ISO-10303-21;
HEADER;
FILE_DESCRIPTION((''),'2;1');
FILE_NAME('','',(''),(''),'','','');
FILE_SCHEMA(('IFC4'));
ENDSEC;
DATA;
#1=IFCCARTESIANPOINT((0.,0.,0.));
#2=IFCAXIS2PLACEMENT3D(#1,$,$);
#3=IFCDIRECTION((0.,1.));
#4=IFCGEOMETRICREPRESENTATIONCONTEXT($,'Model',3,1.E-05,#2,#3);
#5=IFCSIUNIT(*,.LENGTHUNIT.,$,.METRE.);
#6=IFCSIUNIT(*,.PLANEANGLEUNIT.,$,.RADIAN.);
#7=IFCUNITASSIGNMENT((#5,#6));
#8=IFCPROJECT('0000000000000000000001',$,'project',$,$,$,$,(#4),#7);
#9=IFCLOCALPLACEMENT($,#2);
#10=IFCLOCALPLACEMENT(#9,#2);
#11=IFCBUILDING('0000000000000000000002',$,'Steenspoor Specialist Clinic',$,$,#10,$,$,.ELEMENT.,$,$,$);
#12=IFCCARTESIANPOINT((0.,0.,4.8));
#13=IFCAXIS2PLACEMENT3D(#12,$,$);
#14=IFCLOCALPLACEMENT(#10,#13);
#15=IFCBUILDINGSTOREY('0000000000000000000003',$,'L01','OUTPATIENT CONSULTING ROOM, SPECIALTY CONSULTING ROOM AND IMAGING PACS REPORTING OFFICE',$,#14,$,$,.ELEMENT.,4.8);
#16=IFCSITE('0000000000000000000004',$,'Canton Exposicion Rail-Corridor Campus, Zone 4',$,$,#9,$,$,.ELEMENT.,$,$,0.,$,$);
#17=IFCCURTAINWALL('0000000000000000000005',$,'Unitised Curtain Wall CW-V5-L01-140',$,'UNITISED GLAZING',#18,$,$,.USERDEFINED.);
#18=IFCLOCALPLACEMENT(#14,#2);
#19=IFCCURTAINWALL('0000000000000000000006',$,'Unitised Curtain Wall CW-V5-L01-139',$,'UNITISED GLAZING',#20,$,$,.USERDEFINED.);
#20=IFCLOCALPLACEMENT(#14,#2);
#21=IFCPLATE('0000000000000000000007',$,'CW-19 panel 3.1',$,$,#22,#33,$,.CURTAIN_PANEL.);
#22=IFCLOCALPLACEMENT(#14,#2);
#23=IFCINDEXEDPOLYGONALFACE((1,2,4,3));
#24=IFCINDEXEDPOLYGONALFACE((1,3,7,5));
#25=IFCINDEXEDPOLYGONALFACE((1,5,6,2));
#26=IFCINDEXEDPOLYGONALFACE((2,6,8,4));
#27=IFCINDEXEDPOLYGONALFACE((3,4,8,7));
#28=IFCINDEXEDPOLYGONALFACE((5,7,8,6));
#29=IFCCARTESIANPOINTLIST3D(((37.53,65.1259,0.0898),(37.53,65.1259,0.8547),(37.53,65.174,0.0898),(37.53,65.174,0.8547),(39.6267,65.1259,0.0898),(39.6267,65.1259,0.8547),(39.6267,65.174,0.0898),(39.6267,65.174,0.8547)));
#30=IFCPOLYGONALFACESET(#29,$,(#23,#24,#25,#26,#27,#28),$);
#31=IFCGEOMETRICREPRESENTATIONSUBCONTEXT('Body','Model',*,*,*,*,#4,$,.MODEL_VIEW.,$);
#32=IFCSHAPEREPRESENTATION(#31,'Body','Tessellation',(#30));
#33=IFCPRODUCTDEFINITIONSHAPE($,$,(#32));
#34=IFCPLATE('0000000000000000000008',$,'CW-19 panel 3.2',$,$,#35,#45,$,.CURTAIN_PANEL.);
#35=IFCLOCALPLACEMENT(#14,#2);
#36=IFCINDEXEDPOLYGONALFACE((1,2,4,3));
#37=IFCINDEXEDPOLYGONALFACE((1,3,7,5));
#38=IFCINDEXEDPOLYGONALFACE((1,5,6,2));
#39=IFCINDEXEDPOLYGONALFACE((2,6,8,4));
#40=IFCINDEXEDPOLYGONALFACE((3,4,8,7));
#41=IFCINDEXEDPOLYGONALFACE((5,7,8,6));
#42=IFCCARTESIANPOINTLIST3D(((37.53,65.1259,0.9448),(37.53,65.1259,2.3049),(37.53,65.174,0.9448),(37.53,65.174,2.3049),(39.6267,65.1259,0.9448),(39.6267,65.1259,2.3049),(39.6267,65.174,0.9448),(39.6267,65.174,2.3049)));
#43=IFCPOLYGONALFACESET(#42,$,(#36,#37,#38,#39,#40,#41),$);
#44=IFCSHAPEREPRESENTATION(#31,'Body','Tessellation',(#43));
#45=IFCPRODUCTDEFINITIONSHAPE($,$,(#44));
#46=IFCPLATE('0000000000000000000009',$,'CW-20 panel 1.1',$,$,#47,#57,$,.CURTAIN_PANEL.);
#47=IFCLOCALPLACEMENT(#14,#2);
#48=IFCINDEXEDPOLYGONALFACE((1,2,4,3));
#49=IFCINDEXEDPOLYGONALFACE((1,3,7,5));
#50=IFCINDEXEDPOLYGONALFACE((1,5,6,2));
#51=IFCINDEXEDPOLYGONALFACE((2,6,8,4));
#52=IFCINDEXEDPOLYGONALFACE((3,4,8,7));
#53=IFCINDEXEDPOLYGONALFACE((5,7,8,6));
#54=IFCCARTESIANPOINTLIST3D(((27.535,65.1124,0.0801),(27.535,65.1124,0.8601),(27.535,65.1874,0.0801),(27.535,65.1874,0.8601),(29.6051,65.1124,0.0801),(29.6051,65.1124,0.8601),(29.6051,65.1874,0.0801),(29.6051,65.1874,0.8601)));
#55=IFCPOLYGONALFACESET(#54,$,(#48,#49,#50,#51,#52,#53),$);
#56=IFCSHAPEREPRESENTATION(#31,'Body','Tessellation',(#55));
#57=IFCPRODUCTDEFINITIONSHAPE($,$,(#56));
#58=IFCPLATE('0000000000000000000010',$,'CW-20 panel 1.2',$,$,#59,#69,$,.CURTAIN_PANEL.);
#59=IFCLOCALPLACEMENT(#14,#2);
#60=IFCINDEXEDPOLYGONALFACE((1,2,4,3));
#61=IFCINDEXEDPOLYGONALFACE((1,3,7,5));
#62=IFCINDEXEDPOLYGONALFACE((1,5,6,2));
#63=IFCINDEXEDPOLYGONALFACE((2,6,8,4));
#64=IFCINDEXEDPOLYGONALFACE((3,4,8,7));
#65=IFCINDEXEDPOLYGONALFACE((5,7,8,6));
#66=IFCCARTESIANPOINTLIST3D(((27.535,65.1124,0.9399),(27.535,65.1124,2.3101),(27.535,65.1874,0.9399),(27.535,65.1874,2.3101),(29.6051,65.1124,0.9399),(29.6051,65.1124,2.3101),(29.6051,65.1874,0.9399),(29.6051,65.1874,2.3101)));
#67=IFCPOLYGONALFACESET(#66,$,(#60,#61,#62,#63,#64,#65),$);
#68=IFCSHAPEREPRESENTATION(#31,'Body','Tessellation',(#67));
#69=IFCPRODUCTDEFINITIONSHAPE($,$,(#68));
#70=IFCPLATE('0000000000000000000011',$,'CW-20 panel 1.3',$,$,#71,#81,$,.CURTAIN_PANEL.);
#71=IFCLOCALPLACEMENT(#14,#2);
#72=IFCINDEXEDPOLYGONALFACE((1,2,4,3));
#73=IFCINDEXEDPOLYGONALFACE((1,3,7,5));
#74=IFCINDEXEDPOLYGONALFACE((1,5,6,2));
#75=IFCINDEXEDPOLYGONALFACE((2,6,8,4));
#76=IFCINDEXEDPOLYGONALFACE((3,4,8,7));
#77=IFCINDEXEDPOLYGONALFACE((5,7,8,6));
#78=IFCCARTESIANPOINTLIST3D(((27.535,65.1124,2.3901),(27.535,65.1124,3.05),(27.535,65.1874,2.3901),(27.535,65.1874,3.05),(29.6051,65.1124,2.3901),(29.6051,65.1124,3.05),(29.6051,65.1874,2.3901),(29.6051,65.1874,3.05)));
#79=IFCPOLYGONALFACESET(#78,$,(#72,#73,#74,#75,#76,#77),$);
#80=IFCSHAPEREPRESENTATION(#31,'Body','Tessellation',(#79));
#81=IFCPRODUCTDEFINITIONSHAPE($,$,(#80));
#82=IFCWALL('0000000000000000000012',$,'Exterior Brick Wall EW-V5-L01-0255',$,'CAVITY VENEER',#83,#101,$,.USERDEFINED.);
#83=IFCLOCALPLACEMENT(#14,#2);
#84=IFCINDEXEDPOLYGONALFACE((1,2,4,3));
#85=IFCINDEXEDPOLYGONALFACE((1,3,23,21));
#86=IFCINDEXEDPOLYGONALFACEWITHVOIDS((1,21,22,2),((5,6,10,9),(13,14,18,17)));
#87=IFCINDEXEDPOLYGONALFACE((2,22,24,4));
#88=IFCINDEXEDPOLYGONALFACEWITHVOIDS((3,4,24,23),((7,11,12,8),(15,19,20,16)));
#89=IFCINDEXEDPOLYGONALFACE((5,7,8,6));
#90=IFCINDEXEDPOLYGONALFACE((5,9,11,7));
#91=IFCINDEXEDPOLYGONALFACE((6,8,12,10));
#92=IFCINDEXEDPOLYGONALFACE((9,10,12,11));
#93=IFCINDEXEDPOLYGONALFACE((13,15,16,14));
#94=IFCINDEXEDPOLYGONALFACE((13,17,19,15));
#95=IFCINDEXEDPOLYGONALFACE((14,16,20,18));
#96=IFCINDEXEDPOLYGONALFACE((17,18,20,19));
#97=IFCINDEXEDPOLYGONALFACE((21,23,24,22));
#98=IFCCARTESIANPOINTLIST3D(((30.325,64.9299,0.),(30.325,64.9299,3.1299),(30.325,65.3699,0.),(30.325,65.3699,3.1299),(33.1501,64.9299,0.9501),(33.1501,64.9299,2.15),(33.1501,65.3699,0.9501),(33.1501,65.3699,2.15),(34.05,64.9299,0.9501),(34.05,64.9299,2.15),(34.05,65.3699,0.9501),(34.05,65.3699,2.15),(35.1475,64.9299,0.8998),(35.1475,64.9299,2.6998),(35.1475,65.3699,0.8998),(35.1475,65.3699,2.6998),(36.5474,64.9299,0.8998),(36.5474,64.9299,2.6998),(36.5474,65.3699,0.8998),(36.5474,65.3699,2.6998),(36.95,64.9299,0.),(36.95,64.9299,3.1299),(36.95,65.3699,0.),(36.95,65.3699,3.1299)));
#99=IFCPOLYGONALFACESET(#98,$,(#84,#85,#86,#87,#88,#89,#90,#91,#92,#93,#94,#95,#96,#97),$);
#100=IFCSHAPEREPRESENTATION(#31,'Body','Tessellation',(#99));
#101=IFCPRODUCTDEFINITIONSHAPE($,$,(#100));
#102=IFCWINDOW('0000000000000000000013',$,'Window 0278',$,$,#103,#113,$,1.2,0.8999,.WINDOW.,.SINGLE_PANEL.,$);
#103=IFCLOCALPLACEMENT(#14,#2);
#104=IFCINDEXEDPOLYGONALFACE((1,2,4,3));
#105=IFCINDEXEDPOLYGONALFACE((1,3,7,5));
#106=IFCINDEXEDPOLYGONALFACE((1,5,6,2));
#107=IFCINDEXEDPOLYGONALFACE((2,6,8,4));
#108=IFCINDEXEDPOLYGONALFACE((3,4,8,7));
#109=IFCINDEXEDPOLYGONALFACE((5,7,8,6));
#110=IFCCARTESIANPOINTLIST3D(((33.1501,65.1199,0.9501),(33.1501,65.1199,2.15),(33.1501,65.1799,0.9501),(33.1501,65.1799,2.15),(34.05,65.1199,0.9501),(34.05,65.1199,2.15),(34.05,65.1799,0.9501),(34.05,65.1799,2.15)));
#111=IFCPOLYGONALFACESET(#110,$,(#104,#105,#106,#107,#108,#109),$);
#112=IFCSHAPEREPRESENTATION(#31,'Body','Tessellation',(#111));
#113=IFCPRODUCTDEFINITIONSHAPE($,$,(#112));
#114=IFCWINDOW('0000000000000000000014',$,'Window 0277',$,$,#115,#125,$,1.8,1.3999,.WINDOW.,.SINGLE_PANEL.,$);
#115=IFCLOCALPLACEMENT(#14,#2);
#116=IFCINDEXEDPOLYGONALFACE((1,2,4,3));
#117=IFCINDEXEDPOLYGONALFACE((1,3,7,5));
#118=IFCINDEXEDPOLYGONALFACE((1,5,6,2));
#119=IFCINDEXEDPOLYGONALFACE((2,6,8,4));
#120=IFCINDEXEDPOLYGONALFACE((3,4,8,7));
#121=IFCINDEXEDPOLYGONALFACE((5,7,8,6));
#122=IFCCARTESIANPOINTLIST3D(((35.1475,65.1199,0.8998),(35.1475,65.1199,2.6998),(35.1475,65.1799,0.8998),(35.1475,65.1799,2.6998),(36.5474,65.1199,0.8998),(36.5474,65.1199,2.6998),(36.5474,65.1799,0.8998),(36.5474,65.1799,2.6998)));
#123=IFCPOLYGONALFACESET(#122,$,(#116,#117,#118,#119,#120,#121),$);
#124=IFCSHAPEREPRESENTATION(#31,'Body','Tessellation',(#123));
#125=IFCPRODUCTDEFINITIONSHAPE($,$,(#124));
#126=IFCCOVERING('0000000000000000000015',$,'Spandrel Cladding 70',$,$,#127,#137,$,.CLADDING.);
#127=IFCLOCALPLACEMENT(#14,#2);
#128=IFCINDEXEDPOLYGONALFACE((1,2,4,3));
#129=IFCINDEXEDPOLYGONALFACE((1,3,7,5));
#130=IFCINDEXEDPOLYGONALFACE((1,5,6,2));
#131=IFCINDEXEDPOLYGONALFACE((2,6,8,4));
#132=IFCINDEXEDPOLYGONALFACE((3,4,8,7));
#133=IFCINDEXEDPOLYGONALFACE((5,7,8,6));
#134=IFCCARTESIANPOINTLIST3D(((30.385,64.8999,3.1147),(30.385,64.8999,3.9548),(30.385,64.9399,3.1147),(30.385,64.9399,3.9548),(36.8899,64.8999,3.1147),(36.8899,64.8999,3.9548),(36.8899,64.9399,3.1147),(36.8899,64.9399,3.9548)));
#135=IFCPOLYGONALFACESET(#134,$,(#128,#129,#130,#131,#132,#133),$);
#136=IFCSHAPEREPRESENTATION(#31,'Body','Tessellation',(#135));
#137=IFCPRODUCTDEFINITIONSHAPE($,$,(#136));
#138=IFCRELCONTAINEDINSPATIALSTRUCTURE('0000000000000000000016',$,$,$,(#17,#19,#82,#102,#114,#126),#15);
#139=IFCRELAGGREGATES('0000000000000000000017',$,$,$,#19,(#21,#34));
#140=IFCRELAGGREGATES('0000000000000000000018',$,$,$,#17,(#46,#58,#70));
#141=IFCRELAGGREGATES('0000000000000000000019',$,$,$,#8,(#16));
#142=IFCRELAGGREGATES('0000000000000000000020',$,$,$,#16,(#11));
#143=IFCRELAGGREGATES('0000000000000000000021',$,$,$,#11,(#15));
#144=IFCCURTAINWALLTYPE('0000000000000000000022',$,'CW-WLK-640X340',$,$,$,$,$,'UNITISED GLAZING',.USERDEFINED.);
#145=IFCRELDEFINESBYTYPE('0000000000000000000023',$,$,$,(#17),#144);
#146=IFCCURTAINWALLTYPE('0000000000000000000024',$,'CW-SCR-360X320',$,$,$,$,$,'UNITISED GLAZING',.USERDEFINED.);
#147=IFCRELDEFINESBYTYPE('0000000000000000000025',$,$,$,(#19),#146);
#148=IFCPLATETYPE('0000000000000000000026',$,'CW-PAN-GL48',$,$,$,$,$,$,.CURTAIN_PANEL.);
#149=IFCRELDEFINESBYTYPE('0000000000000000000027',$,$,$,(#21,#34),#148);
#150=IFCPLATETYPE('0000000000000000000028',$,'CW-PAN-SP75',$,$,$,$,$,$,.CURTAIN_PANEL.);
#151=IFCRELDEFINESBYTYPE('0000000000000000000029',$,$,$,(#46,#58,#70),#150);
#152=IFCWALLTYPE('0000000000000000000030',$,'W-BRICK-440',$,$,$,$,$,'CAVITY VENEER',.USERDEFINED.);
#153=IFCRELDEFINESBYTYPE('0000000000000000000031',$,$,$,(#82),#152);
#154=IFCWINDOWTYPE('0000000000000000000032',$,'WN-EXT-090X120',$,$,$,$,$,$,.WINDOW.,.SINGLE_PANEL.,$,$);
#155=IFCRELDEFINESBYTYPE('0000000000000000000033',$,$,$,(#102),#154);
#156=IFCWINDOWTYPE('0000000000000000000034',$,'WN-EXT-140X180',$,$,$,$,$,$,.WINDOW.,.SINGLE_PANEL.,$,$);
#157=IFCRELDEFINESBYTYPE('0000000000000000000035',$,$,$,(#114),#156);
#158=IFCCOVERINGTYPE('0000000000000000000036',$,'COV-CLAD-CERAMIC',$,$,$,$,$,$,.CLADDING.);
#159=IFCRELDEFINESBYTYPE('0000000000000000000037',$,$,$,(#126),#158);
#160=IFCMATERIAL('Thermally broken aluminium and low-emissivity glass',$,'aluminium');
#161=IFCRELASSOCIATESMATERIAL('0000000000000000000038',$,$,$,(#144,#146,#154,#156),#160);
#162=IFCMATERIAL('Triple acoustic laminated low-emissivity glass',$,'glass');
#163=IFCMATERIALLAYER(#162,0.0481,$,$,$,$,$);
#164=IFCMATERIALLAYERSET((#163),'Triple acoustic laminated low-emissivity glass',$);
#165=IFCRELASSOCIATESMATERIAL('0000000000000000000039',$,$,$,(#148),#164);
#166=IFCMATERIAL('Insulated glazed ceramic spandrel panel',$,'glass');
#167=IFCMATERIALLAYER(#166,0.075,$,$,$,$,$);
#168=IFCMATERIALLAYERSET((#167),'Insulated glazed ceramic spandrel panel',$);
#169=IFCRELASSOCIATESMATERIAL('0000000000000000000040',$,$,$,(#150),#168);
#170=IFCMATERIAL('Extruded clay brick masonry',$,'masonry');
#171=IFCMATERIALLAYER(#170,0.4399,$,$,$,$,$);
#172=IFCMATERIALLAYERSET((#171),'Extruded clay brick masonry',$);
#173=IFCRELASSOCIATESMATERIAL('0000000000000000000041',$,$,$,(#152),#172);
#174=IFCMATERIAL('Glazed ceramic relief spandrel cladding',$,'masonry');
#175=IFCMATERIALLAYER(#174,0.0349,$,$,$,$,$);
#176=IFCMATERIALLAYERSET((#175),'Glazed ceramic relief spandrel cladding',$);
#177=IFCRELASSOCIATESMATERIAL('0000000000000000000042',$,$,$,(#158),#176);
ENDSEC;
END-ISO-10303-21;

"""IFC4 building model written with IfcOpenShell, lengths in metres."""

from ifc_helpers import new_model, si_unit, direction, frame, frame_2d, origin, origin_2d, place, context, subcontext, project, spatial, rectangle, extrude, material, layer, layer_set, type_object, element, fill, aggregate, save


model = new_model("IFC4")

# Units and contexts
model_context = context("Model", 3, precision=1e-05, world=origin(), true_north=direction((0.0, 1.0)))
body_context = subcontext(model_context, "Body", "Model", "MODEL_VIEW")
ifc_project = project(units=[si_unit("LENGTHUNIT", "METRE"), si_unit("PLANEANGLEUNIT", "RADIAN")], contexts=[model_context])

# Site, building, storey
site_placement = place(None, origin())
site = spatial("IfcSite", under=ifc_project, at=site_placement, Name="Canton Exposicion Rail-Corridor Campus, Zone 4", CompositionType="ELEMENT", RefElevation=0.0)
building_placement = place(site_placement, origin())
building = spatial("IfcBuilding", under=site, at=building_placement, Name="Steenspoor Specialist Clinic", CompositionType="ELEMENT")
storey_placement = place(building_placement, frame((0.0, 0.0, 4.8)))
storey = spatial("IfcBuildingStorey", under=building, at=storey_placement, Name="L01", Description="OUTPATIENT CONSULTING ROOM, SPECIALTY CONSULTING ROOM AND IMAGING PACS REPORTING OFFICE", CompositionType="ELEMENT", Elevation=4.8)

# Curtain wall
ifc_material_1 = material(Name="Thermally broken aluminium and low-emissivity glass", Category="aluminium")
curtain_wall_type_1 = type_object("IfcCurtainWallType", Name="CW-WLK-640X340", ElementType="UNITISED GLAZING", PredefinedType="USERDEFINED", material=ifc_material_1)
curtain_wall_1_placement = place(storey_placement, origin())
curtain_wall_1 = element("IfcCurtainWall", 1, at=curtain_wall_1_placement, inside=storey, type_object=curtain_wall_type_1, Name="Unitised Curtain Wall CW-V5-L01-140", ObjectType="UNITISED GLAZING", PredefinedType="USERDEFINED")

# Curtain wall
curtain_wall_type_2 = type_object("IfcCurtainWallType", Name="CW-SCR-360X320", ElementType="UNITISED GLAZING", PredefinedType="USERDEFINED", material=ifc_material_1)
curtain_wall_2_placement = place(storey_placement, origin())
curtain_wall_2 = element("IfcCurtainWall", 2, at=curtain_wall_2_placement, inside=storey, type_object=curtain_wall_type_2, Name="Unitised Curtain Wall CW-V5-L01-139", ObjectType="UNITISED GLAZING", PredefinedType="USERDEFINED")

# Plates
ifc_material_2 = material(Name="Triple acoustic laminated low-emissivity glass", Category="glass")
ifc_layer_1 = layer(ifc_material_2, 0.0481)
ifc_layer_set_1 = layer_set([ifc_layer_1], Name="Triple acoustic laminated low-emissivity glass")
plate_type_1 = type_object("IfcPlateType", Name="CW-PAN-GL48", PredefinedType="CURTAIN_PANEL", material=ifc_layer_set_1)
plate_1_placement = place(storey_placement, frame((38.5784, 65.1499, 0.0898), z_axis=(0.0, 0.0, 1.0), x_axis=(-1.0, 0.0, 0.0)))
plate_1 = element("IfcPlate", 3, at=plate_1_placement, type_object=plate_type_1, Name="CW-19 panel 3.1", PredefinedType="CURTAIN_PANEL", context=body_context, shape_type="SweptSolid", body=[
    extrude(rectangle(XDim=2.0967, YDim=0.0481, at=origin_2d()), origin(), (0.0, 0.0, 1.0), 0.7649),
])
plate_2_placement = place(storey_placement, frame((38.5784, 65.1499, 0.9448), z_axis=(0.0, 0.0, 1.0), x_axis=(-1.0, 0.0, 0.0)))
plate_2 = element("IfcPlate", 4, at=plate_2_placement, type_object=plate_type_1, Name="CW-19 panel 3.2", PredefinedType="CURTAIN_PANEL", context=body_context, shape_type="SweptSolid", body=[
    extrude(rectangle(XDim=2.0967, YDim=0.0481, at=origin_2d()), origin(), (0.0, 0.0, 1.0), 1.3601),
])
aggregate(curtain_wall_2, [plate_1, plate_2])
ifc_material_3 = material(Name="Insulated glazed ceramic spandrel panel", Category="glass")
ifc_layer_2 = layer(ifc_material_3, 0.075)
ifc_layer_set_2 = layer_set([ifc_layer_2], Name="Insulated glazed ceramic spandrel panel")
plate_type_2 = type_object("IfcPlateType", Name="CW-PAN-SP75", PredefinedType="CURTAIN_PANEL", material=ifc_layer_set_2)
plate_3_placement = place(storey_placement, frame((28.5701, 65.1499, 0.0801), z_axis=(0.0, 0.0, 1.0), x_axis=(-1.0, 0.0, 0.0)))
plate_3 = element("IfcPlate", 5, at=plate_3_placement, type_object=plate_type_2, Name="CW-20 panel 1.1", PredefinedType="CURTAIN_PANEL", context=body_context, shape_type="SweptSolid", body=[
    extrude(rectangle(XDim=2.0701, YDim=0.075, at=origin_2d()), origin(), (0.0, 0.0, 1.0), 0.78),
])
plate_4_placement = place(storey_placement, frame((28.5701, 65.1499, 0.9399), z_axis=(0.0, 0.0, 1.0), x_axis=(-1.0, 0.0, 0.0)))
plate_4 = element("IfcPlate", 6, at=plate_4_placement, type_object=plate_type_2, Name="CW-20 panel 1.2", PredefinedType="CURTAIN_PANEL", context=body_context, shape_type="SweptSolid", body=[
    extrude(rectangle(XDim=2.0701, YDim=0.075, at=origin_2d()), origin(), (0.0, 0.0, 1.0), 1.3701),
])
plate_5_placement = place(storey_placement, frame((28.5701, 65.1499, 2.3901), z_axis=(0.0, 0.0, 1.0), x_axis=(-1.0, 0.0, 0.0)))
plate_5 = element("IfcPlate", 7, at=plate_5_placement, type_object=plate_type_2, Name="CW-20 panel 1.3", PredefinedType="CURTAIN_PANEL", context=body_context, shape_type="SweptSolid", body=[
    extrude(rectangle(XDim=2.0701, YDim=0.075, at=origin_2d()), origin(), (0.0, 0.0, 1.0), 0.6599),
])
aggregate(curtain_wall_1, [plate_3, plate_4, plate_5])

# Wall, openings, windows
ifc_material_4 = material(Name="Extruded clay brick masonry", Category="masonry")
ifc_layer_3 = layer(ifc_material_4, 0.4399)
ifc_layer_set_3 = layer_set([ifc_layer_3], Name="Extruded clay brick masonry")
wall_type = type_object("IfcWallType", Name="W-BRICK-440", ElementType="CAVITY VENEER", PredefinedType="USERDEFINED", material=ifc_layer_set_3)
wall_placement = place(storey_placement, frame((36.95, 65.1499, 0.0), z_axis=(0.0, 0.0, 1.0), x_axis=(-1.0, 0.0, 0.0)))
wall = element("IfcWall", 8, at=wall_placement, inside=storey, type_object=wall_type, Name="Exterior Brick Wall EW-V5-L01-0255", ObjectType="CAVITY VENEER", PredefinedType="USERDEFINED", context=body_context, shape_type="SweptSolid", body=[
    extrude(rectangle(XDim=6.625, YDim=0.4399, at=frame_2d((3.3125, 0.0))), origin(), (0.0, 0.0, 1.0), 3.1299),
])
opening_1_placement = place(wall_placement, frame((0.4026, 0.0, 0.8999)))
opening_1 = element("IfcOpeningElement", 9, at=opening_1_placement, cuts=wall, PredefinedType="OPENING", context=body_context, shape_type="SweptSolid", body=[
    extrude(rectangle(XDim=1.3999, YDim=1.8, at=frame_2d((0.7, 0.8999))), frame((0.0, 0.23, 0.0), z_axis=(0.0, -1.0, 0.0), x_axis=(1.0, 0.0, 0.0)), (0.0, 0.0, 1.0), 0.46),
])
opening_2_placement = place(wall_placement, frame((2.8999, 0.0, 0.95)))
opening_2 = element("IfcOpeningElement", 10, at=opening_2_placement, cuts=wall, PredefinedType="OPENING", context=body_context, shape_type="SweptSolid", body=[
    extrude(rectangle(XDim=0.8999, YDim=1.2, at=frame_2d((0.45, 0.6001))), frame((0.0, 0.23, 0.0), z_axis=(0.0, -1.0, 0.0), x_axis=(1.0, 0.0, 0.0)), (0.0, 0.0, 1.0), 0.46),
])
window_type_1 = type_object("IfcWindowType", Name="WN-EXT-090X120", PartitioningType="SINGLE_PANEL", PredefinedType="WINDOW", material=ifc_material_1)
window_1_placement = place(opening_2_placement, origin())
window_1 = element("IfcWindow", 11, at=window_1_placement, inside=storey, type_object=window_type_1, Name="Window 0278", OverallHeight=1.2, OverallWidth=0.8999, PartitioningType="SINGLE_PANEL", PredefinedType="WINDOW", context=body_context, shape_type="SweptSolid", body=[
    extrude(rectangle(XDim=0.8999, YDim=1.2, at=frame_2d((0.45, 0.6001))), frame((0.0, 0.03, 0.0), z_axis=(0.0, -1.0, 0.0), x_axis=(1.0, 0.0, 0.0)), (0.0, 0.0, 1.0), 0.0601),
])
fill(opening_2, window_1)
window_type_2 = type_object("IfcWindowType", Name="WN-EXT-140X180", PartitioningType="SINGLE_PANEL", PredefinedType="WINDOW", material=ifc_material_1)
window_2_placement = place(opening_1_placement, origin())
window_2 = element("IfcWindow", 12, at=window_2_placement, inside=storey, type_object=window_type_2, Name="Window 0277", OverallHeight=1.8, OverallWidth=1.3999, PartitioningType="SINGLE_PANEL", PredefinedType="WINDOW", context=body_context, shape_type="SweptSolid", body=[
    extrude(rectangle(XDim=1.3999, YDim=1.8, at=frame_2d((0.7, 0.8999))), frame((0.0, 0.03, 0.0), z_axis=(0.0, -1.0, 0.0), x_axis=(1.0, 0.0, 0.0)), (0.0, 0.0, 1.0), 0.0601),
])
fill(opening_1, window_2)

# Covering
ifc_material_5 = material(Name="Glazed ceramic relief spandrel cladding", Category="masonry")
ifc_layer_4 = layer(ifc_material_5, 0.0349)
ifc_layer_set_4 = layer_set([ifc_layer_4], Name="Glazed ceramic relief spandrel cladding")
covering_type = type_object("IfcCoveringType", Name="COV-CLAD-CERAMIC", PredefinedType="CLADDING", material=ifc_layer_set_4)
covering_placement = place(storey_placement, frame((33.6375, 64.9199, 3.1147), z_axis=(0.0, 0.0, 1.0), x_axis=(-1.0, 0.0, 0.0)))
element("IfcCovering", 13, at=covering_placement, inside=storey, type_object=covering_type, Name="Spandrel Cladding 70", PredefinedType="CLADDING", context=body_context, shape_type="SweptSolid", body=[
    extrude(rectangle(XDim=6.5049, YDim=0.04, at=origin_2d()), origin(), (0.0, 0.0, 1.0), 0.8401),
])

save(model, "model.ifc")
